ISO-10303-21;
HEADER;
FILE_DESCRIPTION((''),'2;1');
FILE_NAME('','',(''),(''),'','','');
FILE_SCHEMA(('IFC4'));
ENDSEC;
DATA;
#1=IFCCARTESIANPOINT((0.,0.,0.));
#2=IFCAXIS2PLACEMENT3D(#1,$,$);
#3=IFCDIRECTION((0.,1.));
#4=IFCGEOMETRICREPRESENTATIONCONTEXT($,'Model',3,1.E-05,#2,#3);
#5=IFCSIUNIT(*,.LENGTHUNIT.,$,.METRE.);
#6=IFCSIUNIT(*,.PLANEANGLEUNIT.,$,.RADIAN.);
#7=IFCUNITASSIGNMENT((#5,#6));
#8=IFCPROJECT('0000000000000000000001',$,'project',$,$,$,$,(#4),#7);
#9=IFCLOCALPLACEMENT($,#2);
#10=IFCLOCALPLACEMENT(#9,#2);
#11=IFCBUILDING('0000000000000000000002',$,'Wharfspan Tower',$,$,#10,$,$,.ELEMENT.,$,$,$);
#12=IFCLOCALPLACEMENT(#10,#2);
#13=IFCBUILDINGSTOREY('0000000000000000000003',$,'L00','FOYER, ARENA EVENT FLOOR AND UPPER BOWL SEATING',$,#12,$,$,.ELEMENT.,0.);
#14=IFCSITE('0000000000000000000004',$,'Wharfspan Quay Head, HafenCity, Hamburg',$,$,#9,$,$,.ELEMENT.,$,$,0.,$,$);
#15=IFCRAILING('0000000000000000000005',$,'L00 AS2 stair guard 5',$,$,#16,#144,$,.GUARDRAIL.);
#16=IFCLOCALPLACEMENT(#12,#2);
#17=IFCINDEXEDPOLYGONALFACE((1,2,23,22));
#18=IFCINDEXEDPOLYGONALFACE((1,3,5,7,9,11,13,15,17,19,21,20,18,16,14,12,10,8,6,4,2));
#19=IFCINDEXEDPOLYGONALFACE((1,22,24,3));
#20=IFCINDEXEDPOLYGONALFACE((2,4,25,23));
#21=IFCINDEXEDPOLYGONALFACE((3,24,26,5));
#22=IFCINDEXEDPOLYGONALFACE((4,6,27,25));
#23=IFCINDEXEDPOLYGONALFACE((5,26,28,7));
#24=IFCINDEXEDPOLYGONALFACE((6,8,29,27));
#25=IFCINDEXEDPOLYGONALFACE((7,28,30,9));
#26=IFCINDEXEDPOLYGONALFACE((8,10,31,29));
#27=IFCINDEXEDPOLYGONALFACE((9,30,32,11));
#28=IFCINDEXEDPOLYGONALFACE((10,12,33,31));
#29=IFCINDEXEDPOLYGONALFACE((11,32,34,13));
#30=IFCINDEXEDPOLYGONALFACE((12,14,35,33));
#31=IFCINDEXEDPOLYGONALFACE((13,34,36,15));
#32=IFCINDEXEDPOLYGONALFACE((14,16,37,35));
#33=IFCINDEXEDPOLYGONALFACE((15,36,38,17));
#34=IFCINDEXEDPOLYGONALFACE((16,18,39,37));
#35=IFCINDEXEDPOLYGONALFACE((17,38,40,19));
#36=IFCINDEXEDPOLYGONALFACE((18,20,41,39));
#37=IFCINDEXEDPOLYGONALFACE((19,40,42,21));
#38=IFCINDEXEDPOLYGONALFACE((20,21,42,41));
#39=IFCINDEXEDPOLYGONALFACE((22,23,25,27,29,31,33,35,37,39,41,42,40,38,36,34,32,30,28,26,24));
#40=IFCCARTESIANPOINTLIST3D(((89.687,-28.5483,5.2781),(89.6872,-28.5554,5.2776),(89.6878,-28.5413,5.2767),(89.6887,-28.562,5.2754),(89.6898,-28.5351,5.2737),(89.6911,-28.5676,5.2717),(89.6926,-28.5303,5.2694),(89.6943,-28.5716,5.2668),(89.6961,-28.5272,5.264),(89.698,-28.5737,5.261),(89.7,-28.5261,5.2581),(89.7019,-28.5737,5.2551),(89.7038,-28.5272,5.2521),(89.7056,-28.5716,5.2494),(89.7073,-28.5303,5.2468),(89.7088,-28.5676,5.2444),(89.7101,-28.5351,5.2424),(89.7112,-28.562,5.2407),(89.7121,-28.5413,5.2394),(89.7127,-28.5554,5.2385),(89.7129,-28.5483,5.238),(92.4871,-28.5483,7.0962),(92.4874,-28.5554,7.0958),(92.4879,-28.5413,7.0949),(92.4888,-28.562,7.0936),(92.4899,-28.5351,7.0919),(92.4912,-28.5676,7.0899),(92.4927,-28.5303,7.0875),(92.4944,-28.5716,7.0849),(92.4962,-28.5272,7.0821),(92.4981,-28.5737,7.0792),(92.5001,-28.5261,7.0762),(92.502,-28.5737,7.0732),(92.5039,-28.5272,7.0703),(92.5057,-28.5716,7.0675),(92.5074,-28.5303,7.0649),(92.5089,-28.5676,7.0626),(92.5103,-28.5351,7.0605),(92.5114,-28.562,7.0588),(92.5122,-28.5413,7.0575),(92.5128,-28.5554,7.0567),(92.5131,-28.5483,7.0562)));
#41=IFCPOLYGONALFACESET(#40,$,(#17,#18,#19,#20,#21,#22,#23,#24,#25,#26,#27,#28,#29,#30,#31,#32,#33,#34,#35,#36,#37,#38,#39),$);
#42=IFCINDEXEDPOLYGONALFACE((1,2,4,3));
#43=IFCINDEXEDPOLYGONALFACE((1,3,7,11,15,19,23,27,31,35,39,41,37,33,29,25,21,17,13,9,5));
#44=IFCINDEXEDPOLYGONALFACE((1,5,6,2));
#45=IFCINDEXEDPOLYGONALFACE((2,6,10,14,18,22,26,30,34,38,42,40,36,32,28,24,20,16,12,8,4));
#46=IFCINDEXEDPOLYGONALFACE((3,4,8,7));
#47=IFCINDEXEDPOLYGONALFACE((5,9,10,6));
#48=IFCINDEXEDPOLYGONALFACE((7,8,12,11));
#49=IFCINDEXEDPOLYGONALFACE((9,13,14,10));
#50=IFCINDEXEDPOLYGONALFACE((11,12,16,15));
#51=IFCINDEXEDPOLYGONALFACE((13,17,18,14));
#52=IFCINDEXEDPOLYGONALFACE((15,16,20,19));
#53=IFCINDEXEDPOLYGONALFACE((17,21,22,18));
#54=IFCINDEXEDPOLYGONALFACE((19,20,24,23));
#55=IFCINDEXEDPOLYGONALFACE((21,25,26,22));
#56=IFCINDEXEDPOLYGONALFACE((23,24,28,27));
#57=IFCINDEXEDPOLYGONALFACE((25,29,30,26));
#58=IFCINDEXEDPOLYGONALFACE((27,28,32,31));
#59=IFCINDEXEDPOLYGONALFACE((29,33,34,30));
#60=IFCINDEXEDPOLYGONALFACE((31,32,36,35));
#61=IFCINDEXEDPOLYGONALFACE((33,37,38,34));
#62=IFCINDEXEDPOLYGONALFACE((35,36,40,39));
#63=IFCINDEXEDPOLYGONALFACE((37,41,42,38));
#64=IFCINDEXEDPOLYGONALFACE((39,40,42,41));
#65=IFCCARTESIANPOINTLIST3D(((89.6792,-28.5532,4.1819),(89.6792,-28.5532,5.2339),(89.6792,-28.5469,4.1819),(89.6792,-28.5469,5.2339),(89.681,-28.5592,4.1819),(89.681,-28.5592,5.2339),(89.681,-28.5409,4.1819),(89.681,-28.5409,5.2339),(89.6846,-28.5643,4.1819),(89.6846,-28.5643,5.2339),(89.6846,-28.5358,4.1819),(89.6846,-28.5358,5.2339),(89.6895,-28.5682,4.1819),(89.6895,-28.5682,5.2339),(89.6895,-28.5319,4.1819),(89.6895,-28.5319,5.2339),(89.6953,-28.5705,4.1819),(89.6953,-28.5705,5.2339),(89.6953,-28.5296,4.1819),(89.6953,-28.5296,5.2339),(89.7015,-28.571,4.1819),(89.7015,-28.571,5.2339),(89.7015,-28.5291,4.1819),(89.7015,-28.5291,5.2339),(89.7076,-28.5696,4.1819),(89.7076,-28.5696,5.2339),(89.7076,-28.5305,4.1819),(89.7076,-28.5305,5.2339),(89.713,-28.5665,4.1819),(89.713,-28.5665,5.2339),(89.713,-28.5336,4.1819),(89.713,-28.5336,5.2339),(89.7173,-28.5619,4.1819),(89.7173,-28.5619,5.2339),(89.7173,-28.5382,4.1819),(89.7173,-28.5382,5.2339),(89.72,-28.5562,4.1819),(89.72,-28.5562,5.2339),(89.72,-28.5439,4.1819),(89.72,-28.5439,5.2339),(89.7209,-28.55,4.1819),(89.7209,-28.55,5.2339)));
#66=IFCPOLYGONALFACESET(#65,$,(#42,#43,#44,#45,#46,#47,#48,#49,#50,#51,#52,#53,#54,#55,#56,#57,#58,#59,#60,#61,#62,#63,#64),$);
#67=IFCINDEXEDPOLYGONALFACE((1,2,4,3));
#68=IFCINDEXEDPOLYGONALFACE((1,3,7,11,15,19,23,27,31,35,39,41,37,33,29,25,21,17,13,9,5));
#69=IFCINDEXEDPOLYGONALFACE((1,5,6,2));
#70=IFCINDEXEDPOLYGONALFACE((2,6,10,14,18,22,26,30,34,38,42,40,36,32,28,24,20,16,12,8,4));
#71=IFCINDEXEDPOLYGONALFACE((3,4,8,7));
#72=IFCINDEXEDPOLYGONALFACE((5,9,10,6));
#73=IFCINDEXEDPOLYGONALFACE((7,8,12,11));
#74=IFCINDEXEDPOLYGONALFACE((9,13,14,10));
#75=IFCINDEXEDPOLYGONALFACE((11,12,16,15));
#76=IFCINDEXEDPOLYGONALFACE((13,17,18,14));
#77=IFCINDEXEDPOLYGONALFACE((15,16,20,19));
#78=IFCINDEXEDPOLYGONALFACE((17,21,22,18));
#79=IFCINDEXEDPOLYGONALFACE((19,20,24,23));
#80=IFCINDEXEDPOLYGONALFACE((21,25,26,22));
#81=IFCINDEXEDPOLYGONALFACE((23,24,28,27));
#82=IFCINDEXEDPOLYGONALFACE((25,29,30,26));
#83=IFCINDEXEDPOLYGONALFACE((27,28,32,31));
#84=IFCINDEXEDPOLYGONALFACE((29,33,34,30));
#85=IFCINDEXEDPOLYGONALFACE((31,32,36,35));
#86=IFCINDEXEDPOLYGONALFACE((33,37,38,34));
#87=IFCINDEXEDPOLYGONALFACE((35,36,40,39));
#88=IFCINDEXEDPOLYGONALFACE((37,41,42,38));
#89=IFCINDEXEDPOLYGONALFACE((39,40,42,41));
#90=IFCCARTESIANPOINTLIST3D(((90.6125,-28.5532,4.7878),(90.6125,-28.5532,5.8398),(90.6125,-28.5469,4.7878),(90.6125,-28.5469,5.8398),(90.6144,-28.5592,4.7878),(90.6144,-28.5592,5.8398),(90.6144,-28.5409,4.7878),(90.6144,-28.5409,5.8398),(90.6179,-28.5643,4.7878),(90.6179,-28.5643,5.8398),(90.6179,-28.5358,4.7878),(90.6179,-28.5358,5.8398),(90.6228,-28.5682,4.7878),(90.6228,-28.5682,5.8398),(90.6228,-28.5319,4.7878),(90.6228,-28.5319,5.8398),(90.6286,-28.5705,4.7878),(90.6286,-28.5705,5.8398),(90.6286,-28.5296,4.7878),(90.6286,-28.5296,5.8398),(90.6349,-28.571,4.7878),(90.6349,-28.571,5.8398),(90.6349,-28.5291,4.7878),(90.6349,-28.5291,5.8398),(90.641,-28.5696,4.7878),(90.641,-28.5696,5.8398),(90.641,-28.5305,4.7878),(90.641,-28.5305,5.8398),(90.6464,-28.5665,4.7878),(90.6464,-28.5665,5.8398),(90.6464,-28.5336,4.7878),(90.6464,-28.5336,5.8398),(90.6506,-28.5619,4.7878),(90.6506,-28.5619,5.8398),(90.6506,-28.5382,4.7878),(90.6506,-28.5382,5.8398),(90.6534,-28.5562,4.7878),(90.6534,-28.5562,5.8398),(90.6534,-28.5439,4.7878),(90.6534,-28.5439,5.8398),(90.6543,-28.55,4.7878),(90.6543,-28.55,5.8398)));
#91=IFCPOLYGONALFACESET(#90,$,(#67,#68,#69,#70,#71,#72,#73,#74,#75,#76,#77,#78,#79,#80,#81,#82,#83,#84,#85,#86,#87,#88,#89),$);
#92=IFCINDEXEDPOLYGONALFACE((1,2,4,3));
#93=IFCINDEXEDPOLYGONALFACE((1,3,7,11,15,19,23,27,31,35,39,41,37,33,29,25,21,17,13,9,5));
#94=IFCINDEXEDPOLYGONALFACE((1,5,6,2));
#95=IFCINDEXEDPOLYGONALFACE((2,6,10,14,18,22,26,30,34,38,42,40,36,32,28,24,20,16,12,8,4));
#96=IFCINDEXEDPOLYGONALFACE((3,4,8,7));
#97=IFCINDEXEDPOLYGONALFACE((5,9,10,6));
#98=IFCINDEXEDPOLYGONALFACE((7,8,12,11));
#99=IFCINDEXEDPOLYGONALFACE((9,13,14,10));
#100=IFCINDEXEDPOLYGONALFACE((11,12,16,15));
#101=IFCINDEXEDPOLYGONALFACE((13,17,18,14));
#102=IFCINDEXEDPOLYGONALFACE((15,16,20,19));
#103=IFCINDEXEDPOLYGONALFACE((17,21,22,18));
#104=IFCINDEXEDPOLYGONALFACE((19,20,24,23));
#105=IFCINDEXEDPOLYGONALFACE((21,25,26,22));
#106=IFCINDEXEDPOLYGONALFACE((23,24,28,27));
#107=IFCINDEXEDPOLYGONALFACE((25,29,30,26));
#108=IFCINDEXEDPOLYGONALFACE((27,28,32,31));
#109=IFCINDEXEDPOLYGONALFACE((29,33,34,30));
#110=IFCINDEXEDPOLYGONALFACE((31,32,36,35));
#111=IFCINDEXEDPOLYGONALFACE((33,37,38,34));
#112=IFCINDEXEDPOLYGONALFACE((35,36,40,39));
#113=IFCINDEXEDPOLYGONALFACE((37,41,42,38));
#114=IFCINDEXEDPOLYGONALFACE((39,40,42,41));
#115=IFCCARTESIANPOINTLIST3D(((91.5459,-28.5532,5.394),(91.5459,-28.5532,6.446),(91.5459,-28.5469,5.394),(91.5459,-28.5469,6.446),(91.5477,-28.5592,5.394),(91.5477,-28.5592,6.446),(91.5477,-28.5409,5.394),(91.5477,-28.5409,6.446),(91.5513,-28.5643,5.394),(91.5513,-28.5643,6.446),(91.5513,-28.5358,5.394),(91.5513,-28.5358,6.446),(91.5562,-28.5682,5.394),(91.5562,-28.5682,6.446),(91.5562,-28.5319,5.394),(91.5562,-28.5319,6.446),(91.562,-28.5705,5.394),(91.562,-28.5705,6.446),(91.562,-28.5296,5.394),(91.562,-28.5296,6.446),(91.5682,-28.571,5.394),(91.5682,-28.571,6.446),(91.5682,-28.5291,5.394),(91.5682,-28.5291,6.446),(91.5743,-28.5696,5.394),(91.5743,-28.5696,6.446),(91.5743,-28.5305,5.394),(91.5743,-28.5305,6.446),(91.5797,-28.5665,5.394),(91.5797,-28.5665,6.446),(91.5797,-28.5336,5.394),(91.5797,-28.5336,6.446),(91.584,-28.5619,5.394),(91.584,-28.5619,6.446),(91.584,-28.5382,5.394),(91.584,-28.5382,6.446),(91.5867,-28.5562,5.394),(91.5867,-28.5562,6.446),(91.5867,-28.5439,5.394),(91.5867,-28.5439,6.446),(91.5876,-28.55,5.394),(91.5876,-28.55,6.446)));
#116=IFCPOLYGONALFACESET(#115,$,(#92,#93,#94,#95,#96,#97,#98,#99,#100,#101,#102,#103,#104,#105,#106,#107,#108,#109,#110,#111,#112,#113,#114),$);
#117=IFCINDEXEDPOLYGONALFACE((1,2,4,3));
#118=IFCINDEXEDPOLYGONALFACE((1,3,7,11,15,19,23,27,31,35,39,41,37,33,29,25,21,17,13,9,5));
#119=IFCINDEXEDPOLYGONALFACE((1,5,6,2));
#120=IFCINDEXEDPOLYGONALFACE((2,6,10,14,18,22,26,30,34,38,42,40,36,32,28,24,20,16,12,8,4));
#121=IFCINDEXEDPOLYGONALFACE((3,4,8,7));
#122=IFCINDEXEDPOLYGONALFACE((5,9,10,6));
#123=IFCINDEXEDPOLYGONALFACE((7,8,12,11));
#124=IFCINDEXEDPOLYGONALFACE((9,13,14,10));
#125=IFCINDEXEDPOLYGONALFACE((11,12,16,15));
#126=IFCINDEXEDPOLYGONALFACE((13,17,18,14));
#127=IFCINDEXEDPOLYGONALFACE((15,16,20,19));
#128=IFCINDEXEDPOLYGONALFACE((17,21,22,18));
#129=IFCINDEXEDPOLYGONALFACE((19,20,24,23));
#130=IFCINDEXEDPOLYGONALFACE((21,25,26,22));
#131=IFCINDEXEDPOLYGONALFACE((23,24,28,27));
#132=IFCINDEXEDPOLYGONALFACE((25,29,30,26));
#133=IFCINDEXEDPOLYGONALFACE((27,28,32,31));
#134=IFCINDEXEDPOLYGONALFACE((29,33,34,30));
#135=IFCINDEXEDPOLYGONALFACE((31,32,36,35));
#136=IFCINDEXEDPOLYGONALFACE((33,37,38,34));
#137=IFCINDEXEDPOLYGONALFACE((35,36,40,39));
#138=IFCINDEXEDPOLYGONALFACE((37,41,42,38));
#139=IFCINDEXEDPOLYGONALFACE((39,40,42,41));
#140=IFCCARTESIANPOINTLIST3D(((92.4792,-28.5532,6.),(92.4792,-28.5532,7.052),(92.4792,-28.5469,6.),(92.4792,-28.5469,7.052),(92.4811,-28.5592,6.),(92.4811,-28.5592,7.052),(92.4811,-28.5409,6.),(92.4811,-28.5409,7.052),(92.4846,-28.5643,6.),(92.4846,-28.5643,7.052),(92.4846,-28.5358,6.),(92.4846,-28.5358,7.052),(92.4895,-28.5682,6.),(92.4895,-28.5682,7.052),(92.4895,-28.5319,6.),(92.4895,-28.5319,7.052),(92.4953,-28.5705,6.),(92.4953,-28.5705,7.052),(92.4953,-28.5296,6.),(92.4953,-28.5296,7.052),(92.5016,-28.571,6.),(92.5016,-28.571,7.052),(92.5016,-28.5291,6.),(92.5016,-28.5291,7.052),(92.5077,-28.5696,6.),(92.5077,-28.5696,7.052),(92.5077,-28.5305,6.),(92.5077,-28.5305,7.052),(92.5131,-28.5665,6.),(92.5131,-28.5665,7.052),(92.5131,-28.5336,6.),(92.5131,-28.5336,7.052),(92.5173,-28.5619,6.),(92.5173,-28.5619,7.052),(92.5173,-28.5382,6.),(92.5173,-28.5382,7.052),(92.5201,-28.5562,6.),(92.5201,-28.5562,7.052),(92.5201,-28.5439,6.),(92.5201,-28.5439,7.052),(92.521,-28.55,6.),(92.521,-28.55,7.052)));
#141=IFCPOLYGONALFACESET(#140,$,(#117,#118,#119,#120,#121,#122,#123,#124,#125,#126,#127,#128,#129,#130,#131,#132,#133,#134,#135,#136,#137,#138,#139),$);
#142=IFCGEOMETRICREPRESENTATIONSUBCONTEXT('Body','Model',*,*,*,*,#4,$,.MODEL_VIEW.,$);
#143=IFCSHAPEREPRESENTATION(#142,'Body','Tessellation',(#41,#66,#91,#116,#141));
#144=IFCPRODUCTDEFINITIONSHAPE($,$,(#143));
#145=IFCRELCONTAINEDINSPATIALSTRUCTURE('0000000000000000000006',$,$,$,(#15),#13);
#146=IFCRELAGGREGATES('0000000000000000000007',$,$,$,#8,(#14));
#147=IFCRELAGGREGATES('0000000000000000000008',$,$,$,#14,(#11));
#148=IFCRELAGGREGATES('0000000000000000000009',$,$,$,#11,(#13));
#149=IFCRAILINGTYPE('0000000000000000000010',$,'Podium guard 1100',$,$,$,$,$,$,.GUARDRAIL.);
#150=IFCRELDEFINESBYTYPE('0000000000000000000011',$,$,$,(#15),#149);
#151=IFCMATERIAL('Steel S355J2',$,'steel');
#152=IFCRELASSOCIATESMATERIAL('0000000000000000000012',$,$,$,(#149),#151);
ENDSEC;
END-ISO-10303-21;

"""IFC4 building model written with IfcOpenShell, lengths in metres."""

from ifc_helpers import new_model, si_unit, direction, frame, origin, origin_2d, place, context, subcontext, project, spatial, circle, extrude, material, type_object, element, save


model = new_model("IFC4")

# Units and contexts
model_context = context("Model", 3, precision=1e-05, world=origin(), true_north=direction((0.0, 1.0)))
body_context = subcontext(model_context, "Body", "Model", "MODEL_VIEW")
ifc_project = project(units=[si_unit("LENGTHUNIT", "METRE"), si_unit("PLANEANGLEUNIT", "RADIAN")], contexts=[model_context])

# Site, building, storey
site_placement = place(None, origin())
site = spatial("IfcSite", under=ifc_project, at=site_placement, Name="Wharfspan Quay Head, HafenCity, Hamburg", CompositionType="ELEMENT", RefElevation=0.0)
building_placement = place(site_placement, origin())
building = spatial("IfcBuilding", under=site, at=building_placement, Name="Wharfspan Tower", CompositionType="ELEMENT")
storey_placement = place(building_placement, origin())
storey = spatial("IfcBuildingStorey", under=building, at=storey_placement, Name="L00", Description="FOYER, ARENA EVENT FLOOR AND UPPER BOWL SEATING", CompositionType="ELEMENT", Elevation=0.0)

# Railing
ifc_material_1 = material(Name="Steel S355J2", Category="steel")
railing_type_1 = type_object("IfcRailingType", Name="Podium guard 1100", PredefinedType="GUARDRAIL", material=ifc_material_1)
railing_1_placement = place(storey_placement, frame((89.7, -28.55, 4.1819)))
element("IfcRailing", 1, at=railing_1_placement, inside=storey, type_object=railing_type_1, Name="L00 AS2 stair guard 5", PredefinedType="GUARDRAIL", context=body_context, shape_type="SweptSolid", body=[
    extrude(circle(Radius=0.0239, at=origin_2d()), frame((0.0, 0.0, 1.0762), z_axis=(0.838706, 0.0, 0.544585), x_axis=(0.0, 1.0, 0.0)), (0.0, 0.0, 1.0), 3.3386),
    extrude(circle(Radius=0.021, at=origin_2d()), origin(), (0.0, 0.0, 1.0), 1.052),
    extrude(circle(Radius=0.021, at=origin_2d()), frame((0.9334, 0.0, 0.606)), (0.0, 0.0, 1.0), 1.052),
    extrude(circle(Radius=0.021, at=origin_2d()), frame((1.8667, 0.0, 1.2122)), (0.0, 0.0, 1.0), 1.052),
    extrude(circle(Radius=0.021, at=origin_2d()), frame((2.8, 0.0, 1.8181)), (0.0, 0.0, 1.0), 1.052),
])

save(model, "model.ifc")
